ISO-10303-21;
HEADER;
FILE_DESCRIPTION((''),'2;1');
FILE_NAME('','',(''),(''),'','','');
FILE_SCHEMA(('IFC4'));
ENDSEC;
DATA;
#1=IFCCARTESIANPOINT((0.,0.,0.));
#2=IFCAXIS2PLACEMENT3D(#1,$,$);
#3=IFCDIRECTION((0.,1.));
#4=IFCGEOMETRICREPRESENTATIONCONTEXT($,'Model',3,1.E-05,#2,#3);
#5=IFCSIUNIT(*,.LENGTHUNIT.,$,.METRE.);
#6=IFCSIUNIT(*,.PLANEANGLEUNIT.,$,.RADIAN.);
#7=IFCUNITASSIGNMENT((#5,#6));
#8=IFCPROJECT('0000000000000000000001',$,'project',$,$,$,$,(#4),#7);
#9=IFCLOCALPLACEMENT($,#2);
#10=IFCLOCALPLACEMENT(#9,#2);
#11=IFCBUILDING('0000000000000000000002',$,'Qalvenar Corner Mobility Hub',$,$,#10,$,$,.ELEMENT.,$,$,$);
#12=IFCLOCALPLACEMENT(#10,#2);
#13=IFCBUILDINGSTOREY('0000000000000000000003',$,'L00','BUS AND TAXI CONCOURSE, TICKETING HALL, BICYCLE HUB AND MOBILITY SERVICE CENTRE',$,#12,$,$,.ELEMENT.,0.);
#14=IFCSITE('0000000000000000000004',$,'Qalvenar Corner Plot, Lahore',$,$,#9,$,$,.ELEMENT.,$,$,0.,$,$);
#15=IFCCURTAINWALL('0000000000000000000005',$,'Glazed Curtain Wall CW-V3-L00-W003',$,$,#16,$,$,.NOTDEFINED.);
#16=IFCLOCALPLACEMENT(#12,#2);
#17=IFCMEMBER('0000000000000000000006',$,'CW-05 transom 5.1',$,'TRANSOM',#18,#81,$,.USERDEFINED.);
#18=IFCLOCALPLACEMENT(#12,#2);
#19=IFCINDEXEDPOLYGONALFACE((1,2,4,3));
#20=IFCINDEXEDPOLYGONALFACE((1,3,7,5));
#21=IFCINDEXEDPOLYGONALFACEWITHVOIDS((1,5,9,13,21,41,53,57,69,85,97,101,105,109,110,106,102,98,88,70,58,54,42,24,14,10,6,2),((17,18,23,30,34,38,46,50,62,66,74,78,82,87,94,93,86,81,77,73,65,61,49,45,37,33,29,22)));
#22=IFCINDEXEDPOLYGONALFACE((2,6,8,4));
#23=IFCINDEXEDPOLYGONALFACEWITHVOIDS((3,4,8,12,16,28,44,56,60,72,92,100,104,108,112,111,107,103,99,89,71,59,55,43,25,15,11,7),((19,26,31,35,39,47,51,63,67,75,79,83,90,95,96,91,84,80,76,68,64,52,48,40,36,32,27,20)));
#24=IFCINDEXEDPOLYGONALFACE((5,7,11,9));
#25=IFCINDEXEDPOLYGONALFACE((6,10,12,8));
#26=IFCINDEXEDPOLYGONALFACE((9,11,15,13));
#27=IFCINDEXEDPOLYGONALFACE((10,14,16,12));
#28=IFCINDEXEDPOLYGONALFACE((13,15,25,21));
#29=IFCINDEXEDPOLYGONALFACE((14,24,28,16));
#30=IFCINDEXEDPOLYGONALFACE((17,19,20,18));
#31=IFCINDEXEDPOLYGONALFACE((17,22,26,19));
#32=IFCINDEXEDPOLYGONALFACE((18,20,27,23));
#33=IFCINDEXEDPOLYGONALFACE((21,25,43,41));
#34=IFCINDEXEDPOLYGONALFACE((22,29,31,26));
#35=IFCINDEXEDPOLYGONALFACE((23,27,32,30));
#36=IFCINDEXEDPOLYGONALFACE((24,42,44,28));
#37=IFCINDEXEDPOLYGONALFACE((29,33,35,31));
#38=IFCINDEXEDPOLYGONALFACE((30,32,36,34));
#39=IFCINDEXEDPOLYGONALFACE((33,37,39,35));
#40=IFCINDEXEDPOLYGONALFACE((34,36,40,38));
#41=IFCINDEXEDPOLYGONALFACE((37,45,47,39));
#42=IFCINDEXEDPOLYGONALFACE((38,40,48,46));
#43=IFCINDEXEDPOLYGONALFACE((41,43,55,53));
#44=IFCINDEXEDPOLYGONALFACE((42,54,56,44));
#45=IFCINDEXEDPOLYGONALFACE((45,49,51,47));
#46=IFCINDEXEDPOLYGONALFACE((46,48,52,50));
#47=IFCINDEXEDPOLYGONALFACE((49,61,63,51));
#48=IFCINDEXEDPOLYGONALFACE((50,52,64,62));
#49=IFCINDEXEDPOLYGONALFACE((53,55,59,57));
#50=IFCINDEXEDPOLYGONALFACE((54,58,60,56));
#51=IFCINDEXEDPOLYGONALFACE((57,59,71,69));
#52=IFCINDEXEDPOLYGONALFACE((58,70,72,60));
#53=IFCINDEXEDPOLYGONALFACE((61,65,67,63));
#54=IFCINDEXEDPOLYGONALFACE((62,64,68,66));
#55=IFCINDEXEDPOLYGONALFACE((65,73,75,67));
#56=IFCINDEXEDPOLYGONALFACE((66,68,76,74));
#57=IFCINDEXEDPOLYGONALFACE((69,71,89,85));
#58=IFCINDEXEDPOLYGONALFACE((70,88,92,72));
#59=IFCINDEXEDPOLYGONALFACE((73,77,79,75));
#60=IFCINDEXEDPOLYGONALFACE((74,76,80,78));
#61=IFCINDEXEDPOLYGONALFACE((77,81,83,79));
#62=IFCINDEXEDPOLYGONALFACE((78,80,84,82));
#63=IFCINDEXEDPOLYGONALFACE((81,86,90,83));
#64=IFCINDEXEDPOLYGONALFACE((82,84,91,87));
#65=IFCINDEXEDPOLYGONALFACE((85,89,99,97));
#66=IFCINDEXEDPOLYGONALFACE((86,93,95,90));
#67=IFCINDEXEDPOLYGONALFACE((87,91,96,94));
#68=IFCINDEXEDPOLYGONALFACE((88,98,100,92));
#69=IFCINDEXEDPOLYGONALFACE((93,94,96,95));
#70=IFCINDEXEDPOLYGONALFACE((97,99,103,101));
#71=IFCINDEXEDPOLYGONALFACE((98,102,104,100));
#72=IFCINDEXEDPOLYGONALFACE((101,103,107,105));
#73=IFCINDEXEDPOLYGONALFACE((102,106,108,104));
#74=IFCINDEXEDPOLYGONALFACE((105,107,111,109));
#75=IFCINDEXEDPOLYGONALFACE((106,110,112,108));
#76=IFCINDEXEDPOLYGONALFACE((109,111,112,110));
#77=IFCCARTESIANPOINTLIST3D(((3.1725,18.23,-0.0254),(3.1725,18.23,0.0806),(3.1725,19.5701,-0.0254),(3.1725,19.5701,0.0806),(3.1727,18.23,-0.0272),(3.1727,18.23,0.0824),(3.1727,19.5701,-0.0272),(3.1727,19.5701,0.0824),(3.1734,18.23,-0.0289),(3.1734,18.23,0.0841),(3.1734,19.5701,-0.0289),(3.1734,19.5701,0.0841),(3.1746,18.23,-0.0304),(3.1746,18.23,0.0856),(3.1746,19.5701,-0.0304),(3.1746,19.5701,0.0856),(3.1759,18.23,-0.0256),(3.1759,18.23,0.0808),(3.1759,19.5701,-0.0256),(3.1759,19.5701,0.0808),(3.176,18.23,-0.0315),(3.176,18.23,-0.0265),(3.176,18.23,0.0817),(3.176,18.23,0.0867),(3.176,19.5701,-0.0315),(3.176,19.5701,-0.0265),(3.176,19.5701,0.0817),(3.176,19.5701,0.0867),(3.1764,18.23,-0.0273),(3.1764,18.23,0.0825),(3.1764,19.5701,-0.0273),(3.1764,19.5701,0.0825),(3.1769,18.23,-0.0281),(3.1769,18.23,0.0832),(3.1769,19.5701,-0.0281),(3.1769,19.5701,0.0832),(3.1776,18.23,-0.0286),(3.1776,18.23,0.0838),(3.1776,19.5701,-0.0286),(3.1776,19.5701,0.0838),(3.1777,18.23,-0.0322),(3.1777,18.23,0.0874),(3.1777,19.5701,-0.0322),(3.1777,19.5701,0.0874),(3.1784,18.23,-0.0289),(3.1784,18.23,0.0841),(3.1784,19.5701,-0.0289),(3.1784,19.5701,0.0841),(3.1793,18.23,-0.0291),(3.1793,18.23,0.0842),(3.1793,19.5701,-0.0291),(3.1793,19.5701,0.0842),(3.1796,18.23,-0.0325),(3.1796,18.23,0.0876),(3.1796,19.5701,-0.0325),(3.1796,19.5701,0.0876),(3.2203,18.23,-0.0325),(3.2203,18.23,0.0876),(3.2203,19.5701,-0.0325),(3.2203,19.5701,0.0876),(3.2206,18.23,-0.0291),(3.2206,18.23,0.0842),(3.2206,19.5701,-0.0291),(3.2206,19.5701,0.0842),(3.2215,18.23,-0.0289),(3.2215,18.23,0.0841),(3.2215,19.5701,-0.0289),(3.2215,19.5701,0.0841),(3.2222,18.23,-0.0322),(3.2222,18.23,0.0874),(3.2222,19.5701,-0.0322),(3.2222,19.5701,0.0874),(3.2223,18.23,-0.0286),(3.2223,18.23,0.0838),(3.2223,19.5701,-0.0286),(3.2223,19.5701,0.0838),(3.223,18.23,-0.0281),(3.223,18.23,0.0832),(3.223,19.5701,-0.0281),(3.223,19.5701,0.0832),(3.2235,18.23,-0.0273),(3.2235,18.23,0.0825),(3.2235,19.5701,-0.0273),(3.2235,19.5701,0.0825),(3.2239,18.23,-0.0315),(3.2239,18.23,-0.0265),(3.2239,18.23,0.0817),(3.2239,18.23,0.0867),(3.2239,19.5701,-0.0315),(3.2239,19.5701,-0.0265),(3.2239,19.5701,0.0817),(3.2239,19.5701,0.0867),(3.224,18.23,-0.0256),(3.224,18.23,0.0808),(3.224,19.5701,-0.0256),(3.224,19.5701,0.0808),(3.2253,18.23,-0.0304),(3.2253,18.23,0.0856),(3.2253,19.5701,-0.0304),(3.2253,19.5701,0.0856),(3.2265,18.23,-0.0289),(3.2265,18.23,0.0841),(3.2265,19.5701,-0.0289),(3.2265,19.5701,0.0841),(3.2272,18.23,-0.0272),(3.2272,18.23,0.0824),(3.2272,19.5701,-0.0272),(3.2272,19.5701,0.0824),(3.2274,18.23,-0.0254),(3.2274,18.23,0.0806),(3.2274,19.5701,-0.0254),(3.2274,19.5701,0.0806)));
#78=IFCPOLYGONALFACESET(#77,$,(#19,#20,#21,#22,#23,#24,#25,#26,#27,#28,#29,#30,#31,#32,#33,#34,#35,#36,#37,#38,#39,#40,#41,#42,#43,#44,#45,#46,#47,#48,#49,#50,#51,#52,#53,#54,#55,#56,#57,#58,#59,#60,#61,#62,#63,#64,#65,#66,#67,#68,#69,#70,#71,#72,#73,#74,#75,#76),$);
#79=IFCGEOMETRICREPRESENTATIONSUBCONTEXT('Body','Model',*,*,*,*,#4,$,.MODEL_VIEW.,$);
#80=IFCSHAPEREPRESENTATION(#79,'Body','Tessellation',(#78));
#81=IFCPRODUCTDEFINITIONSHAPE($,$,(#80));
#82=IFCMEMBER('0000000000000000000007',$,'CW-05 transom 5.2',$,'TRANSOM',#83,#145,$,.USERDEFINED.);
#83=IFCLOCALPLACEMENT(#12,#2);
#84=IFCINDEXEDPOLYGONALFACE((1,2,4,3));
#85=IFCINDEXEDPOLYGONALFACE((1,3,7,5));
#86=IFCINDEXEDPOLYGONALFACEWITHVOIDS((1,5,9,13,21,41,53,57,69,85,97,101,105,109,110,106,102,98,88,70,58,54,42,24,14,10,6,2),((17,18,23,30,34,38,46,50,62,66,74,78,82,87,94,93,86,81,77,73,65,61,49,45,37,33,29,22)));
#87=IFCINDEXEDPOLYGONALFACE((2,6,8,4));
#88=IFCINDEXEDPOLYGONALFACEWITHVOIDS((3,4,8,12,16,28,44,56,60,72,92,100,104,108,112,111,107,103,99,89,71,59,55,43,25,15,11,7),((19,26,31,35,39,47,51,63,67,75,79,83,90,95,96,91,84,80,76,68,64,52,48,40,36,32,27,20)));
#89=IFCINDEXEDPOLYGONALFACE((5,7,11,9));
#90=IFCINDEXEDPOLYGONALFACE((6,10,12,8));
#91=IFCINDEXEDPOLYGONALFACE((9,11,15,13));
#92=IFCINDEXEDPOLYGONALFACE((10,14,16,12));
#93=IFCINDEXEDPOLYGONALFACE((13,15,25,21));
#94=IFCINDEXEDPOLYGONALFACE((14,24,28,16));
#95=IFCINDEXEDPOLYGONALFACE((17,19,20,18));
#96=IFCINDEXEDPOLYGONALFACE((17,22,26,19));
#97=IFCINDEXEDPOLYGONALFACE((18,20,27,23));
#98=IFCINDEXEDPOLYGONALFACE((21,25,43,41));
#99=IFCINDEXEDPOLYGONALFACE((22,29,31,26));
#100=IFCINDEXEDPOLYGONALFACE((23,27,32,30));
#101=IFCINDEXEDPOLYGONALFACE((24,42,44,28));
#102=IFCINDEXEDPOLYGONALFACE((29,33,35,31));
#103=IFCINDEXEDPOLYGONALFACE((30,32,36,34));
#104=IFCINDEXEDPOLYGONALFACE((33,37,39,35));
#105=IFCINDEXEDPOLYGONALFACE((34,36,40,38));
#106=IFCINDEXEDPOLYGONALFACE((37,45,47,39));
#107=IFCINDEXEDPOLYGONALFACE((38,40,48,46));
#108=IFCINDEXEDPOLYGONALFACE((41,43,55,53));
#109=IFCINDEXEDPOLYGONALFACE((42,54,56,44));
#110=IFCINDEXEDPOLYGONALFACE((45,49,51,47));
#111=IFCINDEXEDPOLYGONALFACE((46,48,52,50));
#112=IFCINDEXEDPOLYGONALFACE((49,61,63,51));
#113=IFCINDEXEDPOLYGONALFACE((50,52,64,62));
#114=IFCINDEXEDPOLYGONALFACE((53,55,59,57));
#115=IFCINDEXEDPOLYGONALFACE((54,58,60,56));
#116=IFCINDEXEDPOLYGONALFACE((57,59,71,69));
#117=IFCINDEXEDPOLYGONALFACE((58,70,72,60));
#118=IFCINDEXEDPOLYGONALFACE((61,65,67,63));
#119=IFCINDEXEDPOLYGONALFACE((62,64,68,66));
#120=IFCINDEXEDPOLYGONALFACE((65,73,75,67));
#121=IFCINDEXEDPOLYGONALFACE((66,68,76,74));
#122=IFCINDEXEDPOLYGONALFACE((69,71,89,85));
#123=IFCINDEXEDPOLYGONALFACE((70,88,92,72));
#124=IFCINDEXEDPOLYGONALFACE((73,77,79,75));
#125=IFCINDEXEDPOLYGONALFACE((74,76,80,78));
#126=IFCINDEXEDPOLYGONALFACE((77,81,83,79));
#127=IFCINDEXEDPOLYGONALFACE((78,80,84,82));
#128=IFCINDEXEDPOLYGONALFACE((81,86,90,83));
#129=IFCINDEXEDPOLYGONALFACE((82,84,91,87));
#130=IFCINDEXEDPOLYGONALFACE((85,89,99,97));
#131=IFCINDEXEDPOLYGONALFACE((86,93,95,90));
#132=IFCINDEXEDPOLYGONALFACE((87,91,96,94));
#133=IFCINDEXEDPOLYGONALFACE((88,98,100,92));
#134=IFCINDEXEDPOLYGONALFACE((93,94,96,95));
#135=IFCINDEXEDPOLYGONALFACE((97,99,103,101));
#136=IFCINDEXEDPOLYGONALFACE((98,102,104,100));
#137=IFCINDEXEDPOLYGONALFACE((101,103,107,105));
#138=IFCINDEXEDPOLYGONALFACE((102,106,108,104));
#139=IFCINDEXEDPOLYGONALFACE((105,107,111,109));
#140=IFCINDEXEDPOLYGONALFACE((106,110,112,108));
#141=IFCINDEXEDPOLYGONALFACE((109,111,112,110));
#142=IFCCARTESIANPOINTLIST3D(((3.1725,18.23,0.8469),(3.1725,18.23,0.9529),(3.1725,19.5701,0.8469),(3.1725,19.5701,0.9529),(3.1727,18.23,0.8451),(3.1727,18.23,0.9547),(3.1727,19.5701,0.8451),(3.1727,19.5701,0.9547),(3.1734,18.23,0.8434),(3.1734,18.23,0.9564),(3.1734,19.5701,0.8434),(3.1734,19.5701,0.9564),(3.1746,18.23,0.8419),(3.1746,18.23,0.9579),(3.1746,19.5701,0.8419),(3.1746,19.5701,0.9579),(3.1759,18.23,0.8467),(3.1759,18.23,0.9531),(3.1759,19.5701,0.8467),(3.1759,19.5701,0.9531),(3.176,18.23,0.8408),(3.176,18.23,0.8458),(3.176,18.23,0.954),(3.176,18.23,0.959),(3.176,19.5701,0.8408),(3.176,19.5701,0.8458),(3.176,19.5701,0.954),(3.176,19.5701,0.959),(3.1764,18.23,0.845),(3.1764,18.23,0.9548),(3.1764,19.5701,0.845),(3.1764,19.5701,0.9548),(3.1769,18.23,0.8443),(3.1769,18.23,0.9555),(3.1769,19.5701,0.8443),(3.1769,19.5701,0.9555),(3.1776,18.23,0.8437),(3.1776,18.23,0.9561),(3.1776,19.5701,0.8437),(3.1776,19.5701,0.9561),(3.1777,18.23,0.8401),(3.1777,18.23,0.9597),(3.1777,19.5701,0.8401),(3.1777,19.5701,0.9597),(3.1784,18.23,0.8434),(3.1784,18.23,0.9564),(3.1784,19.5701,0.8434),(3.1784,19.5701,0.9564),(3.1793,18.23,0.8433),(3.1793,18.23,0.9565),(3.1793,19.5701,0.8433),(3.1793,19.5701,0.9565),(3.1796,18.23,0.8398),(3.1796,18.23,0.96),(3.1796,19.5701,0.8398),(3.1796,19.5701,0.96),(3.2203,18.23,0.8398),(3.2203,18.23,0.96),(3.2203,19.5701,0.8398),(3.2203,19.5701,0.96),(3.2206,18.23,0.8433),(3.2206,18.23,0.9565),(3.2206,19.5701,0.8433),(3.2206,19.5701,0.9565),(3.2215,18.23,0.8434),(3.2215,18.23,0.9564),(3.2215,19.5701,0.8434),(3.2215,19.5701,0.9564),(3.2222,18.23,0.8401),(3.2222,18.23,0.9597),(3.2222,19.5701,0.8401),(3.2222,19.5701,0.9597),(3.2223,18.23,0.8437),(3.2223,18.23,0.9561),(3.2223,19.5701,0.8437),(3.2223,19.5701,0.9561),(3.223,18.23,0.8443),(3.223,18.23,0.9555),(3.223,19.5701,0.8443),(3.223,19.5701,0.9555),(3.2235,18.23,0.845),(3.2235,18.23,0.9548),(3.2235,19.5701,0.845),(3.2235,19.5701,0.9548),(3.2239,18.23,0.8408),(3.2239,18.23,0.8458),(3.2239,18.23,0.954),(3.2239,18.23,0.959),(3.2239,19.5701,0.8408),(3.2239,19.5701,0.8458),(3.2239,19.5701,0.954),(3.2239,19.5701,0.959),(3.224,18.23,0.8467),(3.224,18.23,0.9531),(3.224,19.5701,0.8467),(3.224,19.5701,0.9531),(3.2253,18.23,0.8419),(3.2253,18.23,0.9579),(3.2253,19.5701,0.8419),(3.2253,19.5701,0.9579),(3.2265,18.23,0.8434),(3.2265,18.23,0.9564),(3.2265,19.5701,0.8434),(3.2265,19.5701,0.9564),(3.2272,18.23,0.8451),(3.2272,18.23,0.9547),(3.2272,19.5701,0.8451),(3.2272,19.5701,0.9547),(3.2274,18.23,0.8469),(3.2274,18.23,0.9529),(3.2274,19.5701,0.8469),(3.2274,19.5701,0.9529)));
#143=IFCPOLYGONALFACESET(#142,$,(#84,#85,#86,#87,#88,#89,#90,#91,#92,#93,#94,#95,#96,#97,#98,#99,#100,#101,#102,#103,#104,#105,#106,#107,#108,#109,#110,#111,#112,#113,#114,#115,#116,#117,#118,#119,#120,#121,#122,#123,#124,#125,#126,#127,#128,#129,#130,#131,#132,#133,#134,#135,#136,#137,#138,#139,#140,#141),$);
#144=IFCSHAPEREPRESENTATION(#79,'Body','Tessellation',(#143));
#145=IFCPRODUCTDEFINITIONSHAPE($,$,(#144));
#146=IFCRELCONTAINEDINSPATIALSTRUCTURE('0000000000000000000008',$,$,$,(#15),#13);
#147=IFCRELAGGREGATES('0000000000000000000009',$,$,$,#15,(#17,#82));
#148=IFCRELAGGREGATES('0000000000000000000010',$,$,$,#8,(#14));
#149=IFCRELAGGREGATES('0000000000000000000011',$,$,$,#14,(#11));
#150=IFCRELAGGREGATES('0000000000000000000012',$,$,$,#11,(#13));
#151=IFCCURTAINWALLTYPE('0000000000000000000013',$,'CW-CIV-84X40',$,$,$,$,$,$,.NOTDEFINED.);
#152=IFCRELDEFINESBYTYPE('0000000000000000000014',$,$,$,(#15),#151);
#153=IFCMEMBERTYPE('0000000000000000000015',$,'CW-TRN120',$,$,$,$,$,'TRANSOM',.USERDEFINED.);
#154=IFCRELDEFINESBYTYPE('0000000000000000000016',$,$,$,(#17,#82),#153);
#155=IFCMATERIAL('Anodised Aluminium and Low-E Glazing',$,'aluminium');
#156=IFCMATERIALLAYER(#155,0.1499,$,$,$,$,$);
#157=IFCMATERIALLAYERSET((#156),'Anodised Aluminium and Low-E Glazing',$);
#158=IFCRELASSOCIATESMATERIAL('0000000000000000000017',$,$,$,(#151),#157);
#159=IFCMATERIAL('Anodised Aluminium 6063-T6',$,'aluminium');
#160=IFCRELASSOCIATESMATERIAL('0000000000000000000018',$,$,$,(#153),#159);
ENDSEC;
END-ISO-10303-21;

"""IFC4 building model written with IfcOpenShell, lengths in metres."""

from ifc_helpers import new_model, si_unit, direction, frame, origin, origin_2d, place, context, subcontext, project, spatial, hollow_rectangle, extrude, material, layer, layer_set, material_profile, profile_set, type_object, element, aggregate, save


model = new_model("IFC4")

# Units and contexts
model_context = context("Model", 3, precision=1e-05, world=origin(), true_north=direction((0.0, 1.0)))
body_context = subcontext(model_context, "Body", "Model", "MODEL_VIEW")
ifc_project = project(units=[si_unit("LENGTHUNIT", "METRE"), si_unit("PLANEANGLEUNIT", "RADIAN")], contexts=[model_context])

# Site, building, storey
site_placement = place(None, origin())
site = spatial("IfcSite", under=ifc_project, at=site_placement, Name="Qalvenar Corner Plot, Lahore", CompositionType="ELEMENT", RefElevation=0.0)
building_placement = place(site_placement, origin())
building = spatial("IfcBuilding", under=site, at=building_placement, Name="Qalvenar Corner Mobility Hub", CompositionType="ELEMENT")
storey_placement = place(building_placement, origin())
storey = spatial("IfcBuildingStorey", under=building, at=storey_placement, Name="L00", Description="BUS AND TAXI CONCOURSE, TICKETING HALL, BICYCLE HUB AND MOBILITY SERVICE CENTRE", CompositionType="ELEMENT", Elevation=0.0)

# Curtain wall, members
ifc_material_1 = material(Name="Anodised Aluminium and Low-E Glazing", Category="aluminium")
ifc_layer_1 = layer(ifc_material_1, 0.1499)
ifc_layer_set_1 = layer_set([ifc_layer_1], Name="Anodised Aluminium and Low-E Glazing")
curtain_wall_type = type_object("IfcCurtainWallType", Name="CW-CIV-84X40", PredefinedType="NOTDEFINED", material=ifc_layer_set_1)
curtain_wall_placement = place(storey_placement, origin())
curtain_wall = element("IfcCurtainWall", 1, at=curtain_wall_placement, inside=storey, type_object=curtain_wall_type, Name="Glazed Curtain Wall CW-V3-L00-W003", PredefinedType="NOTDEFINED")
ifc_material_2 = material(Name="Anodised Aluminium 6063-T6", Category="aluminium")
ifc_material_profile_1 = material_profile(ifc_material_2, hollow_rectangle(XDim=0.0549, YDim=0.1201, WallThickness=0.0034, InnerFilletRadius=0.0034, OuterFilletRadius=0.0071, at=origin_2d()), Name="RHS120x55x3.5")
ifc_profile_set_1 = profile_set([ifc_material_profile_1], Name="Anodised Aluminium 6063-T6")
member_type_1 = type_object("IfcMemberType", Name="CW-TRN120", ElementType="TRANSOM", PredefinedType="USERDEFINED", material=ifc_profile_set_1)
member_1_placement = place(storey_placement, frame((3.2, 19.5701, 0.0276), z_axis=(0.0, -1.0, 0.0), x_axis=(1.0, 0.0, 0.0)))
member_1 = element("IfcMember", 2, at=member_1_placement, type_object=member_type_1, Name="CW-05 transom 5.1", ObjectType="TRANSOM", PredefinedType="USERDEFINED", context=body_context, shape_type="SweptSolid", body=[
    extrude(hollow_rectangle(XDim=0.0549, YDim=0.1201, WallThickness=0.0034, InnerFilletRadius=0.0034, OuterFilletRadius=0.0071, at=origin_2d()), origin(), (0.0, 0.0, 1.0), 1.3401),
])
member_2_placement = place(storey_placement, frame((3.2, 19.5701, 0.8999), z_axis=(0.0, -1.0, 0.0), x_axis=(1.0, 0.0, 0.0)))
member_2 = element("IfcMember", 3, at=member_2_placement, type_object=member_type_1, Name="CW-05 transom 5.2", ObjectType="TRANSOM", PredefinedType="USERDEFINED", context=body_context, shape_type="SweptSolid", body=[
    extrude(hollow_rectangle(XDim=0.0549, YDim=0.1201, WallThickness=0.0034, InnerFilletRadius=0.0034, OuterFilletRadius=0.0071, at=origin_2d()), origin(), (0.0, 0.0, 1.0), 1.3401),
])
aggregate(curtain_wall, [member_1, member_2])

save(model, "model.ifc")
